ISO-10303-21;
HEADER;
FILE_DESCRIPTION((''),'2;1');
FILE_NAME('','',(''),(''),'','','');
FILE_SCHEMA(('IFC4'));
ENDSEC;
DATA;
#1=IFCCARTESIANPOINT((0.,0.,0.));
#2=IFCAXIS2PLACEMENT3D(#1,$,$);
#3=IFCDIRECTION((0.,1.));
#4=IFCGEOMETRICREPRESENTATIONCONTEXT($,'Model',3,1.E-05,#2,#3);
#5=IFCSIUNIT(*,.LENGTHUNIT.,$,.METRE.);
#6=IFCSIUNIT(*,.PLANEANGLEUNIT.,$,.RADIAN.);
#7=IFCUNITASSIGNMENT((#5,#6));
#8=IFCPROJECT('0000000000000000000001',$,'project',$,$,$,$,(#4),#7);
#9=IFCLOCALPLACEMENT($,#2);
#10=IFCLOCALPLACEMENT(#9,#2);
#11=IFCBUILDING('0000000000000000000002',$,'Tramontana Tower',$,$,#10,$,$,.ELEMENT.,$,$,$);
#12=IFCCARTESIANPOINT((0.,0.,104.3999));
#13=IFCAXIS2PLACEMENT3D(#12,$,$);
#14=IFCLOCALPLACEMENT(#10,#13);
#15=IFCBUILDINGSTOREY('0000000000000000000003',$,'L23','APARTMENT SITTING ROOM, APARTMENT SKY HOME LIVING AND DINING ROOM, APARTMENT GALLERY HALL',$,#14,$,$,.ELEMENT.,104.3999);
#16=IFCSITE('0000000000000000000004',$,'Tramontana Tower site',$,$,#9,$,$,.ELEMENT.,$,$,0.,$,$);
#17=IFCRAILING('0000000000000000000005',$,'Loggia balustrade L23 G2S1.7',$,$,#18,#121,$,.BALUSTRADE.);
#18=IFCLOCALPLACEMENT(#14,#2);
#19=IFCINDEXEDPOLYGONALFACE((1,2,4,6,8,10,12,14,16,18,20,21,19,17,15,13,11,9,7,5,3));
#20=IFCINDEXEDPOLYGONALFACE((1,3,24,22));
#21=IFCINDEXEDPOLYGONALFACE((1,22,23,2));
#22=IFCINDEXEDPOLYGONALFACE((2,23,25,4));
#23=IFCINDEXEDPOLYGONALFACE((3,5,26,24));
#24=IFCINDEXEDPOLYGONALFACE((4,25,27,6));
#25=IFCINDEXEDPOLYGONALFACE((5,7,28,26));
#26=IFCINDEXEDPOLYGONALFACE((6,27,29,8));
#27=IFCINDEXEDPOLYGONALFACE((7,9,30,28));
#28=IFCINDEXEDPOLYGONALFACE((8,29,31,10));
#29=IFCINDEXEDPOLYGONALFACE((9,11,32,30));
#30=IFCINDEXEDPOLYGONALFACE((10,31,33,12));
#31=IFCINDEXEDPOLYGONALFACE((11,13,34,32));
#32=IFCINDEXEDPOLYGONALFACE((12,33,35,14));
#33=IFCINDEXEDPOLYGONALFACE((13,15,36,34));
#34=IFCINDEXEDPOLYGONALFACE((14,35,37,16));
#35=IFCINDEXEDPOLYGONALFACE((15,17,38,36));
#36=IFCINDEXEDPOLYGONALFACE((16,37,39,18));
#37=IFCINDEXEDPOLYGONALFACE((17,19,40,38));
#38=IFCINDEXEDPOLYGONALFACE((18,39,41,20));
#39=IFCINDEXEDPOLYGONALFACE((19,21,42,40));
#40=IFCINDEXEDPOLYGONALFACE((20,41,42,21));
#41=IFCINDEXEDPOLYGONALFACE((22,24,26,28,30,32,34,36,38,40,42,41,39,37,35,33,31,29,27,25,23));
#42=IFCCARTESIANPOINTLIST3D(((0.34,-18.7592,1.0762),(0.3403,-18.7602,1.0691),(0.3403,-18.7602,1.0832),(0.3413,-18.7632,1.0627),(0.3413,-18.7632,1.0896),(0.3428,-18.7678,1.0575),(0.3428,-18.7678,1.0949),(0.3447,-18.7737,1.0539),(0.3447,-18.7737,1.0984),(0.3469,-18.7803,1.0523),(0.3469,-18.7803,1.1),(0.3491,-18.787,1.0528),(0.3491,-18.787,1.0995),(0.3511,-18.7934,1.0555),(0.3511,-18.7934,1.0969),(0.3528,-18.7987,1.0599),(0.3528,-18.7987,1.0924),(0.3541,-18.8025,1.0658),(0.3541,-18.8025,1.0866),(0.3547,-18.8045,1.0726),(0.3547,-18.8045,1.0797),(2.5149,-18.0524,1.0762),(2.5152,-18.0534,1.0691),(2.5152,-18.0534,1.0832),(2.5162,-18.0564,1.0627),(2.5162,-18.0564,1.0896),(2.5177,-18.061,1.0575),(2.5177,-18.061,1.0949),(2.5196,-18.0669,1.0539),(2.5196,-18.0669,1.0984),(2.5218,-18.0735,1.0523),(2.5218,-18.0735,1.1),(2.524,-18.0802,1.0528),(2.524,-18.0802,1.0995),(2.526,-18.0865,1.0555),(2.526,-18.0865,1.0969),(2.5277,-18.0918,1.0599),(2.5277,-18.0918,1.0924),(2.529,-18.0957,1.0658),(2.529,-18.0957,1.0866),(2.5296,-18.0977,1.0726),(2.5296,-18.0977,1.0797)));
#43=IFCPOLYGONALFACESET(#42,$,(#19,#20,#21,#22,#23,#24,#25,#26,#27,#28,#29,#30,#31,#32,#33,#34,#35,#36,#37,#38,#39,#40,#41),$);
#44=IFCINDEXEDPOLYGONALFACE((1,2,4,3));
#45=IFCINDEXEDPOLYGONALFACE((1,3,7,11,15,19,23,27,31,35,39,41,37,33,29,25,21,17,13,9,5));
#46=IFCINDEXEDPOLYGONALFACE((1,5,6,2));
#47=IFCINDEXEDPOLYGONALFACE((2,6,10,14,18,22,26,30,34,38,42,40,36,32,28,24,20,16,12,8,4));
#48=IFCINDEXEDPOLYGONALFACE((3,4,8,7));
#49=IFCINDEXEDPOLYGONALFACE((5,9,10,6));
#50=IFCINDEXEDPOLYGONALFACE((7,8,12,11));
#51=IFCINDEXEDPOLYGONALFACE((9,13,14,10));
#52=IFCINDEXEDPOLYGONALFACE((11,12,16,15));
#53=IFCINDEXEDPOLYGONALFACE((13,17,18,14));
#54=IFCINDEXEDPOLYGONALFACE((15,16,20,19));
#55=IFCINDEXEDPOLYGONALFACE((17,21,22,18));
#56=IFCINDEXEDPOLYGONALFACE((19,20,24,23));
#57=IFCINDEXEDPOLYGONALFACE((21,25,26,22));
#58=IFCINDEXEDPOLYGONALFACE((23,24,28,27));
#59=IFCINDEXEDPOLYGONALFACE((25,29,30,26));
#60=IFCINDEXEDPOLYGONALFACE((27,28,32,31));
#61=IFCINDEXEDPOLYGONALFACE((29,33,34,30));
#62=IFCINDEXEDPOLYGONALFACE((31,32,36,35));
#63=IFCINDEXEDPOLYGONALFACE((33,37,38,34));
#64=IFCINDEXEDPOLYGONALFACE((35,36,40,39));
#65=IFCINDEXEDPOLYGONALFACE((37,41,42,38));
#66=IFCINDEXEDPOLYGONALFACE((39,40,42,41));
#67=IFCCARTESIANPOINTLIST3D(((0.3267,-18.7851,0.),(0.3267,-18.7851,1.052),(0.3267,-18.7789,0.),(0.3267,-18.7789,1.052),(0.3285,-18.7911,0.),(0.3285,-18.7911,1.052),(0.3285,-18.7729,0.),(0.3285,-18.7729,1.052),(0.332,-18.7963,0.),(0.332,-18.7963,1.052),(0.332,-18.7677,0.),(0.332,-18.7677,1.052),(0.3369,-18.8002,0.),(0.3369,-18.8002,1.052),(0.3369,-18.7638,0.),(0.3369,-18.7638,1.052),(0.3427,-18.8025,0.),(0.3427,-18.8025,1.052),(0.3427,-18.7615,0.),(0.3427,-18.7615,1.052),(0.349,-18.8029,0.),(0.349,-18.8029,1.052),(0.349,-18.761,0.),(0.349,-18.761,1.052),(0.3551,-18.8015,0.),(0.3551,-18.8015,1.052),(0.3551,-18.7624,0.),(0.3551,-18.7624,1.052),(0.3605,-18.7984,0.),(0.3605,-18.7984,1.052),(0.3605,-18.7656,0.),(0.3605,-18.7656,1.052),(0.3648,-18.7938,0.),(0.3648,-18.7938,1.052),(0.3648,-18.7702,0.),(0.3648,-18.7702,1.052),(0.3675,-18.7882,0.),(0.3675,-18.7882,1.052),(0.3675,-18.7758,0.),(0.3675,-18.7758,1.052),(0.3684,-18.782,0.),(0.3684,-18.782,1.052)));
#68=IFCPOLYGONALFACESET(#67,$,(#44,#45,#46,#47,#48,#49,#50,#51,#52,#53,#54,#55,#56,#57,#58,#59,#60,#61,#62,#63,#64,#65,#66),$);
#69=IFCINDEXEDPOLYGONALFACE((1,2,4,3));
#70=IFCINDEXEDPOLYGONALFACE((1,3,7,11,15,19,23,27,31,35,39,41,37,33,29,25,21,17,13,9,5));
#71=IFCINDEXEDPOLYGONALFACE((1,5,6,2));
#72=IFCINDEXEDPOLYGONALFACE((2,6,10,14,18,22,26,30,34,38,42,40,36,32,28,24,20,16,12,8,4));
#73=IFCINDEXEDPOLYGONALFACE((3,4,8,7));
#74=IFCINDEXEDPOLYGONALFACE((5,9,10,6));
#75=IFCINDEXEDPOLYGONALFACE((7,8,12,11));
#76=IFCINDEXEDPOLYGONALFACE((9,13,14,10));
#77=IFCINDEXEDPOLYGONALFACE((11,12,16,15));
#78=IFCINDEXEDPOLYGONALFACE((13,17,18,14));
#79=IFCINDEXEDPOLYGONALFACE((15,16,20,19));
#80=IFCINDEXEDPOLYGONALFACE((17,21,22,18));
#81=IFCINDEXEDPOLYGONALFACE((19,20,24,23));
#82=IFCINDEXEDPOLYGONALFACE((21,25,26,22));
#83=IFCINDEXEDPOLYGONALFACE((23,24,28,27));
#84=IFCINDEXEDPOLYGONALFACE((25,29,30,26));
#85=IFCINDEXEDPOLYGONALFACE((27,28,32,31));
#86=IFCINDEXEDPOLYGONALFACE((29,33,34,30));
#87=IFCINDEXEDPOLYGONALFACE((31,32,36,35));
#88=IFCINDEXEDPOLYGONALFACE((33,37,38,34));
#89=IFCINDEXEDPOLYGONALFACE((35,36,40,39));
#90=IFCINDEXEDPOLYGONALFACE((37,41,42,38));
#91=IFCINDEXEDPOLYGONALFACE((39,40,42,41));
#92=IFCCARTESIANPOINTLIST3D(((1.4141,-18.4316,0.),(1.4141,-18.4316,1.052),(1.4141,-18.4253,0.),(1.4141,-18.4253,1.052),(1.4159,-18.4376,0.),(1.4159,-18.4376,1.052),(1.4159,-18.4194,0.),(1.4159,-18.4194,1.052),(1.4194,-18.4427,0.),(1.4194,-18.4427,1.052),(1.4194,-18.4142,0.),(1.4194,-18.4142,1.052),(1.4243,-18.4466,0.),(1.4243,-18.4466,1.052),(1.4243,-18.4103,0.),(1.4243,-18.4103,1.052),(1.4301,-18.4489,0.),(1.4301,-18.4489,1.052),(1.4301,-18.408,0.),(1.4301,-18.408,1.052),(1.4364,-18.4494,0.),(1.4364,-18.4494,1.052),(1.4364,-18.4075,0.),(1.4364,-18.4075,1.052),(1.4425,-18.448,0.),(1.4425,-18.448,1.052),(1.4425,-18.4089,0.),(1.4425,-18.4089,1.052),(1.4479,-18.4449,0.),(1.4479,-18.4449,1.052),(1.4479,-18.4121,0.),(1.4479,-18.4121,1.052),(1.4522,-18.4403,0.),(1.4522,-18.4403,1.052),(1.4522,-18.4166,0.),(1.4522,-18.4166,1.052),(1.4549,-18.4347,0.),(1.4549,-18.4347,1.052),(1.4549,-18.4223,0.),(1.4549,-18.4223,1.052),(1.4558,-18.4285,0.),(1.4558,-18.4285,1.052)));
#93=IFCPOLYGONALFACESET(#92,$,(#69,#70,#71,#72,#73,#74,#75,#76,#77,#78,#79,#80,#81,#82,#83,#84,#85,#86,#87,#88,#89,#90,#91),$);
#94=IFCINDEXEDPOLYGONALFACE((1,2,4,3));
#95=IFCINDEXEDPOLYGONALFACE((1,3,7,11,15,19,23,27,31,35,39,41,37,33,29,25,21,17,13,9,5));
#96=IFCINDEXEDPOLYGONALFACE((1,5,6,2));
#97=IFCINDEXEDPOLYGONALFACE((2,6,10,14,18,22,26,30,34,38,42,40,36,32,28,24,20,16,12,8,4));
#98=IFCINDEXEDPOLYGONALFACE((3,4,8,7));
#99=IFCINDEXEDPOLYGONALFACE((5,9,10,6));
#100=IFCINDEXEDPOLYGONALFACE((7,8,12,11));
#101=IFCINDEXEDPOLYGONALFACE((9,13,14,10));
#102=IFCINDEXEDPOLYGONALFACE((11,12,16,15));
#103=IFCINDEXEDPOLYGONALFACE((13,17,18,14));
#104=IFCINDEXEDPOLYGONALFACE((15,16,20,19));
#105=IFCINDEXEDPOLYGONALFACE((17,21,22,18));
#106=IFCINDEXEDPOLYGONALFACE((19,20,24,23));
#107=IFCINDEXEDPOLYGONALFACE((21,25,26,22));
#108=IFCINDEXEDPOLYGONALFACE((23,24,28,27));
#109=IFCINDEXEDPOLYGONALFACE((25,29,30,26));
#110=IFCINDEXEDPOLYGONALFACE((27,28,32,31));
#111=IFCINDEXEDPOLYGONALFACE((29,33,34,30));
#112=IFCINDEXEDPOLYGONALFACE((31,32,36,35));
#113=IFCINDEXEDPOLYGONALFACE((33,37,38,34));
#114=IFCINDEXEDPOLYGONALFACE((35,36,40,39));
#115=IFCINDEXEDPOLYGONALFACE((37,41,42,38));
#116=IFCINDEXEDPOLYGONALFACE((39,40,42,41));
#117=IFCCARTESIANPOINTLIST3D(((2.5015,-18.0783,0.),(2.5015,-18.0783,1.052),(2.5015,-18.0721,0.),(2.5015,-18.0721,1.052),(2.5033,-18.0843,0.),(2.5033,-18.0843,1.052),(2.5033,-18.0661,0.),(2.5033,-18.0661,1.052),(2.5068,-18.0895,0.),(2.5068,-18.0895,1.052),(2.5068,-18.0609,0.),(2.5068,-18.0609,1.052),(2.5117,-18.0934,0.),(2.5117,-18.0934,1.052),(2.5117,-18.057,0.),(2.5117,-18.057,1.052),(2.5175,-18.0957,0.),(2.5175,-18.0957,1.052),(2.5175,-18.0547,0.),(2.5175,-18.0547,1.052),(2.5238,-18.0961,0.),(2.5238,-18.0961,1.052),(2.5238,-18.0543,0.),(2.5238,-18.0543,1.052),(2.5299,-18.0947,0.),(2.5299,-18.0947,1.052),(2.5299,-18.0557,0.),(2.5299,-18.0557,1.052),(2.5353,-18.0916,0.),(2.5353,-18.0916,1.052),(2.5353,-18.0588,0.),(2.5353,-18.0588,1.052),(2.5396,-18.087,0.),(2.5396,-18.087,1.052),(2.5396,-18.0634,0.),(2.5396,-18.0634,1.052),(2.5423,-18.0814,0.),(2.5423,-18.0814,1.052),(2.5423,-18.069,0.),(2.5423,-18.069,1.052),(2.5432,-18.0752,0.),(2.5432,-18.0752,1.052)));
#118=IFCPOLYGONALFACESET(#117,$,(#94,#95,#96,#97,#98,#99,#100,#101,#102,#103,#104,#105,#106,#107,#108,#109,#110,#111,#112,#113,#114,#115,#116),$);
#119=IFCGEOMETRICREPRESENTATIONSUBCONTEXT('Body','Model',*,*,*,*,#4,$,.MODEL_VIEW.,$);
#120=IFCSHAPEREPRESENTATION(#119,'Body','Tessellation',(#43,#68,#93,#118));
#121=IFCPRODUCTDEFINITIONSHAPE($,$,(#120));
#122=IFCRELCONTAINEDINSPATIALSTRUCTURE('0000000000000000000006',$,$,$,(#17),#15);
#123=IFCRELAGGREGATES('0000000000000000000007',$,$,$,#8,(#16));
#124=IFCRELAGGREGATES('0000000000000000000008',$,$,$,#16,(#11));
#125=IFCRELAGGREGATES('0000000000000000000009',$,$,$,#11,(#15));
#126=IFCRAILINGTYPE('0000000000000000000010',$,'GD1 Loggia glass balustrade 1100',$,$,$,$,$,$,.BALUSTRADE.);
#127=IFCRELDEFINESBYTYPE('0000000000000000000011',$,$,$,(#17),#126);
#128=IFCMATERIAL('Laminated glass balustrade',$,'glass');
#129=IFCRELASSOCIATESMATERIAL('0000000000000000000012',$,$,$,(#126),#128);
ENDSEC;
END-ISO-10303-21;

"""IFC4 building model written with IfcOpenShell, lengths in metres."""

from ifc_helpers import new_model, si_unit, direction, frame, origin, origin_2d, place, context, subcontext, project, spatial, circle, extrude, material, type_object, element, save


model = new_model("IFC4")

# Units and contexts
model_context = context("Model", 3, precision=1e-05, world=origin(), true_north=direction((0.0, 1.0)))
body_context = subcontext(model_context, "Body", "Model", "MODEL_VIEW")
ifc_project = project(units=[si_unit("LENGTHUNIT", "METRE"), si_unit("PLANEANGLEUNIT", "RADIAN")], contexts=[model_context])

# Site, building, storey
site_placement = place(None, origin())
site = spatial("IfcSite", under=ifc_project, at=site_placement, Name="Tramontana Tower site", CompositionType="ELEMENT", RefElevation=0.0)
building_placement = place(site_placement, origin())
building = spatial("IfcBuilding", under=site, at=building_placement, Name="Tramontana Tower", CompositionType="ELEMENT")
storey_placement = place(building_placement, frame((0.0, 0.0, 104.3999)))
storey = spatial("IfcBuildingStorey", under=building, at=storey_placement, Name="L23", Description="APARTMENT SITTING ROOM, APARTMENT SKY HOME LIVING AND DINING ROOM, APARTMENT GALLERY HALL", CompositionType="ELEMENT", Elevation=104.3999)

# Railing
ifc_material_1 = material(Name="Laminated glass balustrade", Category="glass")
railing_type = type_object("IfcRailingType", Name="GD1 Loggia glass balustrade 1100", PredefinedType="BALUSTRADE", material=ifc_material_1)
railing_1_placement = place(storey_placement, frame((0.3474, -18.782, 0.0)))
element("IfcRailing", 1, at=railing_1_placement, inside=storey, type_object=railing_type, Name="Loggia balustrade L23 G2S1.7", PredefinedType="BALUSTRADE", context=body_context, shape_type="SweptSolid", body=[
    extrude(circle(Radius=0.0239, at=origin_2d()), frame((0.0, 0.0, 1.0762), z_axis=(0.951037, 0.309076, 0.0), x_axis=(-0.309076, 0.951037, 0.0)), (0.0, 0.0, 1.0), 2.2869),
    extrude(circle(Radius=0.021, at=origin_2d()), origin(), (0.0, 0.0, 1.0), 1.052),
    extrude(circle(Radius=0.021, at=origin_2d()), frame((1.0874, 0.3535, 0.0)), (0.0, 0.0, 1.0), 1.052),
    extrude(circle(Radius=0.021, at=origin_2d()), frame((2.1748, 0.7068, 0.0)), (0.0, 0.0, 1.0), 1.052),
])

save(model, "model.ifc")
